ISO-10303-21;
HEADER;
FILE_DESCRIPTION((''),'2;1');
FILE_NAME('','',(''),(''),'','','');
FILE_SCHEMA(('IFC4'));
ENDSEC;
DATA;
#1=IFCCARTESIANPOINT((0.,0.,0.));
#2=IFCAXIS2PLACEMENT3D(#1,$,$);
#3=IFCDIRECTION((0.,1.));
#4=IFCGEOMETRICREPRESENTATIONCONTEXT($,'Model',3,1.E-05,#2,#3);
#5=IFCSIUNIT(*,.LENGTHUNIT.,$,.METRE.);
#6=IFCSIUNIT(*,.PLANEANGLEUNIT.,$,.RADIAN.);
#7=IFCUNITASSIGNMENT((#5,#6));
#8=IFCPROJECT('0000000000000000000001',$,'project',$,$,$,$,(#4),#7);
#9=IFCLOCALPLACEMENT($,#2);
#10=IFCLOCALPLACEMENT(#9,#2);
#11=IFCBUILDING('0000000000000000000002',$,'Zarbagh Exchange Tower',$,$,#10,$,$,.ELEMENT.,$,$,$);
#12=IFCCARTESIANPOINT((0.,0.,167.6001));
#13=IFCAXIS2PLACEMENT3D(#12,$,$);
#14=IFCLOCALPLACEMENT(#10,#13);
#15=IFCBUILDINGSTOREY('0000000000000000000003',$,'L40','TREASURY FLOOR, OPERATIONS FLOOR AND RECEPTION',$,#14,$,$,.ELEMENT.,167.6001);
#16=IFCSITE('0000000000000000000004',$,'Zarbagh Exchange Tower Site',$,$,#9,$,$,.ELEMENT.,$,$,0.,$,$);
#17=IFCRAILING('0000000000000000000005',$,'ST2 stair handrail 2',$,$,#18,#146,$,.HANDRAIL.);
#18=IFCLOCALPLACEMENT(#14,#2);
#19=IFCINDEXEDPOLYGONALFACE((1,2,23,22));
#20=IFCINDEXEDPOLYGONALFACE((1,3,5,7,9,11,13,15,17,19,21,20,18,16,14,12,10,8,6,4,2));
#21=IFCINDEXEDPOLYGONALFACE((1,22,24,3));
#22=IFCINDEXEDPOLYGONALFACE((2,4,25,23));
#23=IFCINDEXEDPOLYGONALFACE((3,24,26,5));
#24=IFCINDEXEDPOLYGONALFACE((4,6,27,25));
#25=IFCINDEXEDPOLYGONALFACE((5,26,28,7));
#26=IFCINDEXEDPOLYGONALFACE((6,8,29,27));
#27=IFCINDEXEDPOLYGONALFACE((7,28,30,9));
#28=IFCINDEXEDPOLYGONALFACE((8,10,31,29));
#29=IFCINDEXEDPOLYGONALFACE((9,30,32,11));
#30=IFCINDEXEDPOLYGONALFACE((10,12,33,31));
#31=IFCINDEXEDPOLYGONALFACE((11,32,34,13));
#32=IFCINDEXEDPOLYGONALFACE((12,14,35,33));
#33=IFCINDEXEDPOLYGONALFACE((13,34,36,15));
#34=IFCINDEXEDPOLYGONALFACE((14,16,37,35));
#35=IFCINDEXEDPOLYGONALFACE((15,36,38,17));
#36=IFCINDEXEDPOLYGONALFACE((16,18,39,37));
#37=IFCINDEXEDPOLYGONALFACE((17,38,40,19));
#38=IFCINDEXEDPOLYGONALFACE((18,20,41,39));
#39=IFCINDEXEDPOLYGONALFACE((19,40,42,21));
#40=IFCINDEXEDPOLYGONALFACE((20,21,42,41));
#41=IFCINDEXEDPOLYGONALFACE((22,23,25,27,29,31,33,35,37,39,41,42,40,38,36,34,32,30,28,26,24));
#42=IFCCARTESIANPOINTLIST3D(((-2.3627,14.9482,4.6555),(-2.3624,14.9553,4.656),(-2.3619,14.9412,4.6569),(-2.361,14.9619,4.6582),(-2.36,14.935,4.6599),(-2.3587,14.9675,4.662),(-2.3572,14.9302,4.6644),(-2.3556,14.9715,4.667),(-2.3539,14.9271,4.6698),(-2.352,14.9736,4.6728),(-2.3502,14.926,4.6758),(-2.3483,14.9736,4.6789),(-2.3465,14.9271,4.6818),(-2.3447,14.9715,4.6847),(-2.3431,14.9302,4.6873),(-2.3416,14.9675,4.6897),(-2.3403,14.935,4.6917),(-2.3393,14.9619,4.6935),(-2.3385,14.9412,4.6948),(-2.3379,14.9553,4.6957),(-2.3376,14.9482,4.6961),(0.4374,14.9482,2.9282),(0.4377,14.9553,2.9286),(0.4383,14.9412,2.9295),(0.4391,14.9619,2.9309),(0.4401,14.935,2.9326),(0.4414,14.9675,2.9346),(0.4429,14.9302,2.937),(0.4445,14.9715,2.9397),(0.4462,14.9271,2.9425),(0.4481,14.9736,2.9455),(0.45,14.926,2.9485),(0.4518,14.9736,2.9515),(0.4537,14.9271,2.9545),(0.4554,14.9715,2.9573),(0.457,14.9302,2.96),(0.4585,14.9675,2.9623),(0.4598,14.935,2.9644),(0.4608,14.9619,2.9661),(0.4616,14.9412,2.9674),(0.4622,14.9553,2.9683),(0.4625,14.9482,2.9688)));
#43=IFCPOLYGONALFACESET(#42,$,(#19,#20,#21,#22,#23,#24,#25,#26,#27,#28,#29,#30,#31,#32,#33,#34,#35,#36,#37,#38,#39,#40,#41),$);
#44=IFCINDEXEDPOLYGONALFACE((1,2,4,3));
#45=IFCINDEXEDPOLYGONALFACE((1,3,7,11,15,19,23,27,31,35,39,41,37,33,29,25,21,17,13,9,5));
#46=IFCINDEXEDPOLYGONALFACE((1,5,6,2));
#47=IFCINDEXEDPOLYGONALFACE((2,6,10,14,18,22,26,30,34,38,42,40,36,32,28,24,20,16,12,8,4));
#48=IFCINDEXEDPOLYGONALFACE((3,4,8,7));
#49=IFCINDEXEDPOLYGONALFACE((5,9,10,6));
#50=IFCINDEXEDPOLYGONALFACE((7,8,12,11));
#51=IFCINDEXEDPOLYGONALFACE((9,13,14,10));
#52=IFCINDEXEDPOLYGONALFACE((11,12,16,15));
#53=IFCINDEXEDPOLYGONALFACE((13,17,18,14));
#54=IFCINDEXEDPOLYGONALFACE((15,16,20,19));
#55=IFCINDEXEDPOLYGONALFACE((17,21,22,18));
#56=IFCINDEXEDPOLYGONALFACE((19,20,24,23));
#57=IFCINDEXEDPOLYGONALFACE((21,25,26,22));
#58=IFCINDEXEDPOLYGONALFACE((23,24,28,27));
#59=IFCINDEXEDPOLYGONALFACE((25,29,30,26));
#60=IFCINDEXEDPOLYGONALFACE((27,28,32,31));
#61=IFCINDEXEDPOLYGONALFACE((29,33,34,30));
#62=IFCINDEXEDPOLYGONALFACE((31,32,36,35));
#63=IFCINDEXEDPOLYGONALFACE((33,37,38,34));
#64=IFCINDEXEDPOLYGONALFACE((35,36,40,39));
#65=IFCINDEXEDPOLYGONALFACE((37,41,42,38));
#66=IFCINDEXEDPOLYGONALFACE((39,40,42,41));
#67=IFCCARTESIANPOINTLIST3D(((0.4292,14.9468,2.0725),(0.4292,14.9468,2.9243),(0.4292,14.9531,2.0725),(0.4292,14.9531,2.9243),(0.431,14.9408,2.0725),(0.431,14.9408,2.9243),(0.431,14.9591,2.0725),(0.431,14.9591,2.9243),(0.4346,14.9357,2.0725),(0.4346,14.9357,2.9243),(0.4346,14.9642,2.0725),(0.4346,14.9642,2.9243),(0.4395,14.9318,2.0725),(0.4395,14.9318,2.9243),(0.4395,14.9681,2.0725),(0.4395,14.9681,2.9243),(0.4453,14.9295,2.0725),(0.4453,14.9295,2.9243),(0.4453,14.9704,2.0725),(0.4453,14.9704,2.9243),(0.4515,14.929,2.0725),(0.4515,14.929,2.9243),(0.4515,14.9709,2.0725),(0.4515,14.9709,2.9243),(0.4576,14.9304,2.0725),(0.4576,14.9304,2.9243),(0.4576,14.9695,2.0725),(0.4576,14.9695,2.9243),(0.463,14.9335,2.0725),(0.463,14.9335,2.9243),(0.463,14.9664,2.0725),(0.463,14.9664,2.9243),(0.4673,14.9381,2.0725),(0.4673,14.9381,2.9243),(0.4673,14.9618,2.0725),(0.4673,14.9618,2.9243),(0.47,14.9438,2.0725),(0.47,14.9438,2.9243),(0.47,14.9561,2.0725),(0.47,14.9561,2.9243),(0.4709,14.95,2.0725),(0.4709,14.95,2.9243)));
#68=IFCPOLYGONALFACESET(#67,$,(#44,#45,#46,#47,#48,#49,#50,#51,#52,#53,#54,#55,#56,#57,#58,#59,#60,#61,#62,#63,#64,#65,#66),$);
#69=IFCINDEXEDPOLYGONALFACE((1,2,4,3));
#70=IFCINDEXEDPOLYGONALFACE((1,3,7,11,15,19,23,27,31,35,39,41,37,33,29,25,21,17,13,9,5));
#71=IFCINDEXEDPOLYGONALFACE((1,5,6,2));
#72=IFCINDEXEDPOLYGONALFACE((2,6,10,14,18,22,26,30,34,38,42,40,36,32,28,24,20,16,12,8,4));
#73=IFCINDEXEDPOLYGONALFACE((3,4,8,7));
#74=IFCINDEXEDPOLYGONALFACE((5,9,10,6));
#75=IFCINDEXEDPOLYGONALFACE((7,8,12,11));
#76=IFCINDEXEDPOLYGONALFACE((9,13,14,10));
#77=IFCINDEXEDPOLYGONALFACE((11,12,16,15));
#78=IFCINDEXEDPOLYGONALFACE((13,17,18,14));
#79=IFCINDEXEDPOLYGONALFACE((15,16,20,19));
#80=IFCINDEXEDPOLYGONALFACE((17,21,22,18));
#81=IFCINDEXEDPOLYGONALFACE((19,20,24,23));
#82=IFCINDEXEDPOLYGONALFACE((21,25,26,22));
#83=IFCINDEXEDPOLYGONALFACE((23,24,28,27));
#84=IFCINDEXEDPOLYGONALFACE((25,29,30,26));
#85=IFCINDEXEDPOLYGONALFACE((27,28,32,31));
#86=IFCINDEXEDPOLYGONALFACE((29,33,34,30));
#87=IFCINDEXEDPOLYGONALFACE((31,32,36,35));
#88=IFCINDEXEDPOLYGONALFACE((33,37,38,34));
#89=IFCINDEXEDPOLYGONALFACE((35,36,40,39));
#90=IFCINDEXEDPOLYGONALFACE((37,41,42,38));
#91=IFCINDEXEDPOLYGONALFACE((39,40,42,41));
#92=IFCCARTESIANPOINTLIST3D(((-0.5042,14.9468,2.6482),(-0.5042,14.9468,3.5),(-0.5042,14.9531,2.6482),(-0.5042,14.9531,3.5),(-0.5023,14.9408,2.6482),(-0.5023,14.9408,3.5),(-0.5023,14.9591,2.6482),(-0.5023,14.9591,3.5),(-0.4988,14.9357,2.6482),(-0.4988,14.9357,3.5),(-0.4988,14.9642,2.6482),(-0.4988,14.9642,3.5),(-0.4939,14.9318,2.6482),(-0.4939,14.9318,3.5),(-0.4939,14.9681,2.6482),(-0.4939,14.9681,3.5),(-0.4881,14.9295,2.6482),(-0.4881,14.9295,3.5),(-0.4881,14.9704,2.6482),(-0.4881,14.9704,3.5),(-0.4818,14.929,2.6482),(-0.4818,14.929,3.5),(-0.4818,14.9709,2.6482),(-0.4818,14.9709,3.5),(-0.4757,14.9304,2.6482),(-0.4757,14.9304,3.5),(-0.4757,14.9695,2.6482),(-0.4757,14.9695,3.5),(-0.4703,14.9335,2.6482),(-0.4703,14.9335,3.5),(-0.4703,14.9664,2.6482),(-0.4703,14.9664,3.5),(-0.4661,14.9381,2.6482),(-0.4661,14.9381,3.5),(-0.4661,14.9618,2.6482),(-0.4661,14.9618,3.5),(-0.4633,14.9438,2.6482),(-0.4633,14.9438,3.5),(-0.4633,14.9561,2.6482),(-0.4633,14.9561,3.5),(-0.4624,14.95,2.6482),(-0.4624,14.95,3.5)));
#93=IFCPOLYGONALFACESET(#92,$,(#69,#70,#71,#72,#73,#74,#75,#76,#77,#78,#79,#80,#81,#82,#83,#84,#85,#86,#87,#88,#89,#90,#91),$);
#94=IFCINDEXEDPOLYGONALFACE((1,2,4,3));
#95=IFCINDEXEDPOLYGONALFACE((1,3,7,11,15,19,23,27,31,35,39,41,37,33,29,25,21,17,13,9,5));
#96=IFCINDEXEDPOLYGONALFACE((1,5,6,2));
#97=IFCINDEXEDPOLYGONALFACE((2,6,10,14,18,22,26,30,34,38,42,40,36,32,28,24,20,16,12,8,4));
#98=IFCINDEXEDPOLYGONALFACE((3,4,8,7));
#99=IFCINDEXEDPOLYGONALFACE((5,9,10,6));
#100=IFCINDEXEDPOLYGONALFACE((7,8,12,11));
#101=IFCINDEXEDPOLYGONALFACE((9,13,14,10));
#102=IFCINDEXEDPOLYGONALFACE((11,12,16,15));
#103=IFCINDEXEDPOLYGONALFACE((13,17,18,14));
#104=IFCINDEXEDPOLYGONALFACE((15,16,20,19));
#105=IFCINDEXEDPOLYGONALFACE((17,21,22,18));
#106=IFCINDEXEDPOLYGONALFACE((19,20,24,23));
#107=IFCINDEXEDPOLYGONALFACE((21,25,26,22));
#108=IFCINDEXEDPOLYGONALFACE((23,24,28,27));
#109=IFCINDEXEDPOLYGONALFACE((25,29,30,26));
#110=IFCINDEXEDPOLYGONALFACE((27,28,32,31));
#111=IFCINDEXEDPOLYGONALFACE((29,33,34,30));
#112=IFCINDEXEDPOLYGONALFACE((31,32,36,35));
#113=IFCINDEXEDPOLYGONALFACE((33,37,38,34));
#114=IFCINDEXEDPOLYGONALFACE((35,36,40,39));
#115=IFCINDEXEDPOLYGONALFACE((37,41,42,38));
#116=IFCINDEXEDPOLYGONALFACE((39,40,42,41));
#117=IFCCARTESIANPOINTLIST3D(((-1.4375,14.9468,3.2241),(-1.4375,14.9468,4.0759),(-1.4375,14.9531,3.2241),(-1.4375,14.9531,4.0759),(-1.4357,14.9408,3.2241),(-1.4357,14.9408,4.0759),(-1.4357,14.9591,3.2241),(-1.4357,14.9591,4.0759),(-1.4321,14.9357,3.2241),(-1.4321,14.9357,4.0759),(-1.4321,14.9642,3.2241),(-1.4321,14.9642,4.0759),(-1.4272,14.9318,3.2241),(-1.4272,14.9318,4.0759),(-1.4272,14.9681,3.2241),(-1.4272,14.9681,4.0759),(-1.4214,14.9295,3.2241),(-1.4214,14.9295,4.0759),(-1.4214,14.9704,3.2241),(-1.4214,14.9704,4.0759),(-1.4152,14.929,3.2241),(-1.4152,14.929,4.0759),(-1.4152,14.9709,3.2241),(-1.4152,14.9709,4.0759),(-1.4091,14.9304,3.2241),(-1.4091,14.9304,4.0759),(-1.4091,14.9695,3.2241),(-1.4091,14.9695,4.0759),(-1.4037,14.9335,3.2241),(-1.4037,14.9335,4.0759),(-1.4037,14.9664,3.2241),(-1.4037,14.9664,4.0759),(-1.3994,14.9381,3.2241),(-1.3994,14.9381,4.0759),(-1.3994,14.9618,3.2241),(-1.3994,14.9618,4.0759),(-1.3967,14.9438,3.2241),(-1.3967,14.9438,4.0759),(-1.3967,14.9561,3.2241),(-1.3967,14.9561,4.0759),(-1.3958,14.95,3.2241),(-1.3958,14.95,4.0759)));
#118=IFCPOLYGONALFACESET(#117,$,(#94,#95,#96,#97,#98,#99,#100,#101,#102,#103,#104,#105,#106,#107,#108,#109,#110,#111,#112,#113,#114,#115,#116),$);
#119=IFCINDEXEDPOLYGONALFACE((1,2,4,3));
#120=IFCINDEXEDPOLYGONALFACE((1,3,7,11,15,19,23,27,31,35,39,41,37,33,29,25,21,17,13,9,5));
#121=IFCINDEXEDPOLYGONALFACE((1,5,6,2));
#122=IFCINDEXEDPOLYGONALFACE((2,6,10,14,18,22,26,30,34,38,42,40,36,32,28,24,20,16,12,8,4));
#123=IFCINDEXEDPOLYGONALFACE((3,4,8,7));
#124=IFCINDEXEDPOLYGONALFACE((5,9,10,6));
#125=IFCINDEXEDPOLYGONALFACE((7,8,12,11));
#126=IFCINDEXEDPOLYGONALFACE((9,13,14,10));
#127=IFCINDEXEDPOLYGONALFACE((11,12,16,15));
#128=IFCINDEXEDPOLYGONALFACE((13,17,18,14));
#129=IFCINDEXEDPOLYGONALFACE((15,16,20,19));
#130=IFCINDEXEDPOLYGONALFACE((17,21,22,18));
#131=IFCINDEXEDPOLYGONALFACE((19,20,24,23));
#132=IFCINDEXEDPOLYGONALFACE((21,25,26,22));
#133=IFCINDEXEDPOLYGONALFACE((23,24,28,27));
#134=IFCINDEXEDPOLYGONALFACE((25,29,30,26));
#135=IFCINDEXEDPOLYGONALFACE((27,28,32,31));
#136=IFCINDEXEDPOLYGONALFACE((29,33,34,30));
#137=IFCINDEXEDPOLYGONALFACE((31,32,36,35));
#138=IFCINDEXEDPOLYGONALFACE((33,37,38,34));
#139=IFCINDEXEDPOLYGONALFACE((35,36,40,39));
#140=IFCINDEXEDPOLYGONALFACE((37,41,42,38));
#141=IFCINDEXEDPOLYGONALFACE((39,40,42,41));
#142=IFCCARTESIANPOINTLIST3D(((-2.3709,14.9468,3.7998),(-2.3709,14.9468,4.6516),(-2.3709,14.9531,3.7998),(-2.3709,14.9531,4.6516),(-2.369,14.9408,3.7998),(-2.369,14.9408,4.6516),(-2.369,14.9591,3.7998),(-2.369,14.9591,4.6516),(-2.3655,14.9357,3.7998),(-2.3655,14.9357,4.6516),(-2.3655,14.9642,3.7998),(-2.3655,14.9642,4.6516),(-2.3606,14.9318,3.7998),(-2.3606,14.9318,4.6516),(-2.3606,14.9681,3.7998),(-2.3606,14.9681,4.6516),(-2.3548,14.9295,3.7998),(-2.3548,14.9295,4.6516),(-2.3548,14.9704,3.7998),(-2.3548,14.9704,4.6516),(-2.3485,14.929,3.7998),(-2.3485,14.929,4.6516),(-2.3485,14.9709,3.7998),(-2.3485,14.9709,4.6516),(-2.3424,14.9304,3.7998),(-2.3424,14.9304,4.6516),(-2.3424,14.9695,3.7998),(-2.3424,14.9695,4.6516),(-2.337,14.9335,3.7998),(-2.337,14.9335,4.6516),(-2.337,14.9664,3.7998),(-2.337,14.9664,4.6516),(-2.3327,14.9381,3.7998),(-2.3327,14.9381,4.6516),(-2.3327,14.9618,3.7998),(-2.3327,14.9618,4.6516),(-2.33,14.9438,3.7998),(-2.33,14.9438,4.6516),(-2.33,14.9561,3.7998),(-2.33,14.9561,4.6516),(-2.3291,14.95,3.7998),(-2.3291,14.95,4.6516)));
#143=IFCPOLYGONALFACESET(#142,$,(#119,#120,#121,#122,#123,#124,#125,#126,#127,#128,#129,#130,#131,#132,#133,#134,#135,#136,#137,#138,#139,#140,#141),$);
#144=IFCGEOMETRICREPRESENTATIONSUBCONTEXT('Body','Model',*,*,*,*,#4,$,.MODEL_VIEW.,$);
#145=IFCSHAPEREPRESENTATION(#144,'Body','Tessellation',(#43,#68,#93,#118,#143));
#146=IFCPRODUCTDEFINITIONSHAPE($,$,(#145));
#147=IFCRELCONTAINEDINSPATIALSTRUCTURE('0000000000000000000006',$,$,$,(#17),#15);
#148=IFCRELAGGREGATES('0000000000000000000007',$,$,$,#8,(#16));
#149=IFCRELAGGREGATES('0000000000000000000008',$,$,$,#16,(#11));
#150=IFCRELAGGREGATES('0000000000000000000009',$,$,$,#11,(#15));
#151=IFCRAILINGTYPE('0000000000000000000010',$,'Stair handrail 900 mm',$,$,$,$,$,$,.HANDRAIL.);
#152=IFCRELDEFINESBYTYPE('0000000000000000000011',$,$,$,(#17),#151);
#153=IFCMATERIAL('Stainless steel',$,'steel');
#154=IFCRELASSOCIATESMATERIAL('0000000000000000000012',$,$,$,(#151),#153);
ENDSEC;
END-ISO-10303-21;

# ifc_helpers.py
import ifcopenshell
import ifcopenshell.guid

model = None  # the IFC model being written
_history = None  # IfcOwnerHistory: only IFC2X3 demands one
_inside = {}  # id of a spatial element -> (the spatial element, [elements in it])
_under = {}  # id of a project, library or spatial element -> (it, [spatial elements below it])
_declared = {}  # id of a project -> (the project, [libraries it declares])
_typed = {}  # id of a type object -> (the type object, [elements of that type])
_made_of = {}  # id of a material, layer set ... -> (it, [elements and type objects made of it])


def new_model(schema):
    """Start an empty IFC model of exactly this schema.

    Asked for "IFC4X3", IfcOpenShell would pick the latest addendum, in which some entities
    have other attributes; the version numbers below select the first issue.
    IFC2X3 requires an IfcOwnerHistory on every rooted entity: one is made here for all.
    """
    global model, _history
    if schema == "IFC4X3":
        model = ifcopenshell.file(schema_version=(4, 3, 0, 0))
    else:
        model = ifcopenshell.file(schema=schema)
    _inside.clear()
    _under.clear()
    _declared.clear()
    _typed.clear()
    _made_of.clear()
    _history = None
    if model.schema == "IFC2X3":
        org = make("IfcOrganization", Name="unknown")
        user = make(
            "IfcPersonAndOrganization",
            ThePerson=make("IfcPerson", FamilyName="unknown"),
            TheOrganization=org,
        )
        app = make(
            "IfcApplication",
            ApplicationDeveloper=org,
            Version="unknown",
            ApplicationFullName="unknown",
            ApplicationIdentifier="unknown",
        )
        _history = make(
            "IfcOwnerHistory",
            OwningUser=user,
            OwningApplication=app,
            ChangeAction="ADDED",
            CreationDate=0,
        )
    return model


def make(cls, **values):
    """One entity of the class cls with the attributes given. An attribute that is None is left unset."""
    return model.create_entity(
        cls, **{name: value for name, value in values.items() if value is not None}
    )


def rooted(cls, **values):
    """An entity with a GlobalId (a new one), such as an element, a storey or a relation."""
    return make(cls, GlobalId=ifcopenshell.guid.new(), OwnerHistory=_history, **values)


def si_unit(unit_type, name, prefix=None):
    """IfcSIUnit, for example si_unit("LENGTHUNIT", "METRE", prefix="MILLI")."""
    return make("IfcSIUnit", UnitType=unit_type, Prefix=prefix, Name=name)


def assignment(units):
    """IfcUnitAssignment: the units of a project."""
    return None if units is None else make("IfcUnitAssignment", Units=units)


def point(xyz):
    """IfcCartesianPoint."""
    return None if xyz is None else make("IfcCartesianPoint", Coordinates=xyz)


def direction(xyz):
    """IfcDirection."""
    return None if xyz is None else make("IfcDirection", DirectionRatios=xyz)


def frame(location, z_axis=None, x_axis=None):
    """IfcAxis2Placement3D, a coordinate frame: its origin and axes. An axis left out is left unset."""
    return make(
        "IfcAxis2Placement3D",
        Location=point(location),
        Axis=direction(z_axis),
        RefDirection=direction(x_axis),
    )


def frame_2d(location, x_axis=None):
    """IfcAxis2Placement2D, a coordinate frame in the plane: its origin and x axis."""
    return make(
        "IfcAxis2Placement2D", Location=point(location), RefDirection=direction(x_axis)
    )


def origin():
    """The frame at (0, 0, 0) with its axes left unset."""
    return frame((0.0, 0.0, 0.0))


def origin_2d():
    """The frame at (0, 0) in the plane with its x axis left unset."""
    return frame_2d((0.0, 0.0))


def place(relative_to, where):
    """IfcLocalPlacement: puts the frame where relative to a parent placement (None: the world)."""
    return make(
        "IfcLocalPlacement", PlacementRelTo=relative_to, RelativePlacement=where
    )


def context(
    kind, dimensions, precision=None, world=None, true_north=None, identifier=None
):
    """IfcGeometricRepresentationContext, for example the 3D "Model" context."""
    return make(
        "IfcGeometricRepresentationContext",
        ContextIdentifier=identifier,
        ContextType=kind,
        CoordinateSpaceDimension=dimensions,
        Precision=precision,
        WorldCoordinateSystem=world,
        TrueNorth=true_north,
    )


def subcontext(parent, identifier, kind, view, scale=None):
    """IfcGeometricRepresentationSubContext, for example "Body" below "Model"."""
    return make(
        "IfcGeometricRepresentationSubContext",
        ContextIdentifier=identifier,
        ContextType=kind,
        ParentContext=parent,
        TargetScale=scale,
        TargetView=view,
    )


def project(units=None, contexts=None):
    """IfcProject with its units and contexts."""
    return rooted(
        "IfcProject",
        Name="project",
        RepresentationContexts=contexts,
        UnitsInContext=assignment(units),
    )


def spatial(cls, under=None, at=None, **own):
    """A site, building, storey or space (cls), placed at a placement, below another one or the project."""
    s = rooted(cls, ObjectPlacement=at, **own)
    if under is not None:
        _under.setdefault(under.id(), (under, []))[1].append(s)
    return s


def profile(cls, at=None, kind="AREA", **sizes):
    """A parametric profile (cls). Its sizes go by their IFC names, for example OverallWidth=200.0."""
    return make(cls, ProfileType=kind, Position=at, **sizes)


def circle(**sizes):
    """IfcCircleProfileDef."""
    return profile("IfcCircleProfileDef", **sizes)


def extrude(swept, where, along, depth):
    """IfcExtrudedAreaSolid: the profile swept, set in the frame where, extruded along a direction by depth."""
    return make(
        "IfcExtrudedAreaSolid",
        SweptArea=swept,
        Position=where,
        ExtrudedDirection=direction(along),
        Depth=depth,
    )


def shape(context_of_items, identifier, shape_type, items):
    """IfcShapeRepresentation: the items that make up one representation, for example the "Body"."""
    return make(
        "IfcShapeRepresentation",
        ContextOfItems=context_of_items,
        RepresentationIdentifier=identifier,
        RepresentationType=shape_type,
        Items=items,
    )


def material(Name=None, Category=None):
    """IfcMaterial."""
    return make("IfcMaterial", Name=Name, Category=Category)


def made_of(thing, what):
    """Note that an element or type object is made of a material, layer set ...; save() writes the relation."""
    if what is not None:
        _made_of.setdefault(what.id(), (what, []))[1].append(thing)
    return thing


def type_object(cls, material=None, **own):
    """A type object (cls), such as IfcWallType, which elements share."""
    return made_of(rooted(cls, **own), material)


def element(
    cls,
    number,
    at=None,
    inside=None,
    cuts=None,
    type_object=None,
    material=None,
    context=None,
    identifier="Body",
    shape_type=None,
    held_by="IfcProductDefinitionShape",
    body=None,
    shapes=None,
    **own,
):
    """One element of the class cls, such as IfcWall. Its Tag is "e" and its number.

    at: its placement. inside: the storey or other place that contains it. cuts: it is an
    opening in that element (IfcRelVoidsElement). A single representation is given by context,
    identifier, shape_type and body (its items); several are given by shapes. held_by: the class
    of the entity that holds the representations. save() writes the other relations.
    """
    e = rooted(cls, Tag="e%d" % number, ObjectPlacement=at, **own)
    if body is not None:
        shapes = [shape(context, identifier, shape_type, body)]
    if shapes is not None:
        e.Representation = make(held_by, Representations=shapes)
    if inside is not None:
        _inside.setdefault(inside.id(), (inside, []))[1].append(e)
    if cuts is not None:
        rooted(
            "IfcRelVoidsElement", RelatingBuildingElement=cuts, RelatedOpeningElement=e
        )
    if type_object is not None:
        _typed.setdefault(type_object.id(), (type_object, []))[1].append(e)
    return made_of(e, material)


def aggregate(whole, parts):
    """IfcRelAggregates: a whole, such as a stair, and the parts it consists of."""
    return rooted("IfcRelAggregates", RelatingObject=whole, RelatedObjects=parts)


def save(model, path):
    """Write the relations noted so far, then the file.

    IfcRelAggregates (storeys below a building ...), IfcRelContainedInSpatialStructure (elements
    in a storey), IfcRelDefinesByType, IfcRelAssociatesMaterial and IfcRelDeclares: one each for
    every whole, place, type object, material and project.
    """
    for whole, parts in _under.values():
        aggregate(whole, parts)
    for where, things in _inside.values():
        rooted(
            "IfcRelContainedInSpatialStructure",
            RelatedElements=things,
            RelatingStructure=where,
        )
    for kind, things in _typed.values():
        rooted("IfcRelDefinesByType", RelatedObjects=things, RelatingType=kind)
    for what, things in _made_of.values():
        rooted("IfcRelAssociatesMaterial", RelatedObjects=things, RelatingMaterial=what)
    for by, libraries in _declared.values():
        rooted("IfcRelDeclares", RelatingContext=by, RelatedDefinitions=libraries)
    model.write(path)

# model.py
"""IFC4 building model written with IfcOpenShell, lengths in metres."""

from ifc_helpers import new_model, si_unit, direction, frame, origin, origin_2d, place, context, subcontext, project, spatial, circle, extrude, material, type_object, element, save


model = new_model("IFC4")

# Units and contexts
model_context = context("Model", 3, precision=1e-05, world=origin(), true_north=direction((0.0, 1.0)))
body_context = subcontext(model_context, "Body", "Model", "MODEL_VIEW")
ifc_project = project(units=[si_unit("LENGTHUNIT", "METRE"), si_unit("PLANEANGLEUNIT", "RADIAN")], contexts=[model_context])

# Site, building, storey
site_placement = place(None, origin())
site = spatial("IfcSite", under=ifc_project, at=site_placement, Name="Zarbagh Exchange Tower Site", CompositionType="ELEMENT", RefElevation=0.0)
building_placement = place(site_placement, origin())
building = spatial("IfcBuilding", under=site, at=building_placement, Name="Zarbagh Exchange Tower", CompositionType="ELEMENT")
storey_placement = place(building_placement, frame((0.0, 0.0, 167.6001)))
storey = spatial("IfcBuildingStorey", under=building, at=storey_placement, Name="L40", Description="TREASURY FLOOR, OPERATIONS FLOOR AND RECEPTION", CompositionType="ELEMENT", Elevation=167.6001)

# Railing
ifc_material_1 = material(Name="Stainless steel", Category="steel")
railing_type_1 = type_object("IfcRailingType", Name="Stair handrail 900 mm", PredefinedType="HANDRAIL", material=ifc_material_1)
railing_1_placement = place(storey_placement, frame((0.45, 14.95, 2.0725)))
element("IfcRailing", 1, at=railing_1_placement, inside=storey, type_object=railing_type_1, Name="ST2 stair handrail 2", PredefinedType="HANDRAIL", context=body_context, shape_type="SweptSolid", body=[
    extrude(circle(Radius=0.0239, at=origin_2d()), frame((0.0, 0.0, 0.876), z_axis=(-0.85109, 0.0, 0.52502), x_axis=(0.0, -1.0, 0.0)), (0.0, 0.0, 1.0), 3.29),
    extrude(circle(Radius=0.021, at=origin_2d()), origin(), (0.0, 0.0, 1.0), 0.8518),
    extrude(circle(Radius=0.021, at=origin_2d()), frame((-0.9333, 0.0, 0.5757)), (0.0, 0.0, 1.0), 0.8518),
    extrude(circle(Radius=0.021, at=origin_2d()), frame((-1.8667, 0.0, 1.1516)), (0.0, 0.0, 1.0), 0.8518),
    extrude(circle(Radius=0.021, at=origin_2d()), frame((-2.8, 0.0, 1.7273)), (0.0, 0.0, 1.0), 0.8518),
])

save(model, "model.ifc")
